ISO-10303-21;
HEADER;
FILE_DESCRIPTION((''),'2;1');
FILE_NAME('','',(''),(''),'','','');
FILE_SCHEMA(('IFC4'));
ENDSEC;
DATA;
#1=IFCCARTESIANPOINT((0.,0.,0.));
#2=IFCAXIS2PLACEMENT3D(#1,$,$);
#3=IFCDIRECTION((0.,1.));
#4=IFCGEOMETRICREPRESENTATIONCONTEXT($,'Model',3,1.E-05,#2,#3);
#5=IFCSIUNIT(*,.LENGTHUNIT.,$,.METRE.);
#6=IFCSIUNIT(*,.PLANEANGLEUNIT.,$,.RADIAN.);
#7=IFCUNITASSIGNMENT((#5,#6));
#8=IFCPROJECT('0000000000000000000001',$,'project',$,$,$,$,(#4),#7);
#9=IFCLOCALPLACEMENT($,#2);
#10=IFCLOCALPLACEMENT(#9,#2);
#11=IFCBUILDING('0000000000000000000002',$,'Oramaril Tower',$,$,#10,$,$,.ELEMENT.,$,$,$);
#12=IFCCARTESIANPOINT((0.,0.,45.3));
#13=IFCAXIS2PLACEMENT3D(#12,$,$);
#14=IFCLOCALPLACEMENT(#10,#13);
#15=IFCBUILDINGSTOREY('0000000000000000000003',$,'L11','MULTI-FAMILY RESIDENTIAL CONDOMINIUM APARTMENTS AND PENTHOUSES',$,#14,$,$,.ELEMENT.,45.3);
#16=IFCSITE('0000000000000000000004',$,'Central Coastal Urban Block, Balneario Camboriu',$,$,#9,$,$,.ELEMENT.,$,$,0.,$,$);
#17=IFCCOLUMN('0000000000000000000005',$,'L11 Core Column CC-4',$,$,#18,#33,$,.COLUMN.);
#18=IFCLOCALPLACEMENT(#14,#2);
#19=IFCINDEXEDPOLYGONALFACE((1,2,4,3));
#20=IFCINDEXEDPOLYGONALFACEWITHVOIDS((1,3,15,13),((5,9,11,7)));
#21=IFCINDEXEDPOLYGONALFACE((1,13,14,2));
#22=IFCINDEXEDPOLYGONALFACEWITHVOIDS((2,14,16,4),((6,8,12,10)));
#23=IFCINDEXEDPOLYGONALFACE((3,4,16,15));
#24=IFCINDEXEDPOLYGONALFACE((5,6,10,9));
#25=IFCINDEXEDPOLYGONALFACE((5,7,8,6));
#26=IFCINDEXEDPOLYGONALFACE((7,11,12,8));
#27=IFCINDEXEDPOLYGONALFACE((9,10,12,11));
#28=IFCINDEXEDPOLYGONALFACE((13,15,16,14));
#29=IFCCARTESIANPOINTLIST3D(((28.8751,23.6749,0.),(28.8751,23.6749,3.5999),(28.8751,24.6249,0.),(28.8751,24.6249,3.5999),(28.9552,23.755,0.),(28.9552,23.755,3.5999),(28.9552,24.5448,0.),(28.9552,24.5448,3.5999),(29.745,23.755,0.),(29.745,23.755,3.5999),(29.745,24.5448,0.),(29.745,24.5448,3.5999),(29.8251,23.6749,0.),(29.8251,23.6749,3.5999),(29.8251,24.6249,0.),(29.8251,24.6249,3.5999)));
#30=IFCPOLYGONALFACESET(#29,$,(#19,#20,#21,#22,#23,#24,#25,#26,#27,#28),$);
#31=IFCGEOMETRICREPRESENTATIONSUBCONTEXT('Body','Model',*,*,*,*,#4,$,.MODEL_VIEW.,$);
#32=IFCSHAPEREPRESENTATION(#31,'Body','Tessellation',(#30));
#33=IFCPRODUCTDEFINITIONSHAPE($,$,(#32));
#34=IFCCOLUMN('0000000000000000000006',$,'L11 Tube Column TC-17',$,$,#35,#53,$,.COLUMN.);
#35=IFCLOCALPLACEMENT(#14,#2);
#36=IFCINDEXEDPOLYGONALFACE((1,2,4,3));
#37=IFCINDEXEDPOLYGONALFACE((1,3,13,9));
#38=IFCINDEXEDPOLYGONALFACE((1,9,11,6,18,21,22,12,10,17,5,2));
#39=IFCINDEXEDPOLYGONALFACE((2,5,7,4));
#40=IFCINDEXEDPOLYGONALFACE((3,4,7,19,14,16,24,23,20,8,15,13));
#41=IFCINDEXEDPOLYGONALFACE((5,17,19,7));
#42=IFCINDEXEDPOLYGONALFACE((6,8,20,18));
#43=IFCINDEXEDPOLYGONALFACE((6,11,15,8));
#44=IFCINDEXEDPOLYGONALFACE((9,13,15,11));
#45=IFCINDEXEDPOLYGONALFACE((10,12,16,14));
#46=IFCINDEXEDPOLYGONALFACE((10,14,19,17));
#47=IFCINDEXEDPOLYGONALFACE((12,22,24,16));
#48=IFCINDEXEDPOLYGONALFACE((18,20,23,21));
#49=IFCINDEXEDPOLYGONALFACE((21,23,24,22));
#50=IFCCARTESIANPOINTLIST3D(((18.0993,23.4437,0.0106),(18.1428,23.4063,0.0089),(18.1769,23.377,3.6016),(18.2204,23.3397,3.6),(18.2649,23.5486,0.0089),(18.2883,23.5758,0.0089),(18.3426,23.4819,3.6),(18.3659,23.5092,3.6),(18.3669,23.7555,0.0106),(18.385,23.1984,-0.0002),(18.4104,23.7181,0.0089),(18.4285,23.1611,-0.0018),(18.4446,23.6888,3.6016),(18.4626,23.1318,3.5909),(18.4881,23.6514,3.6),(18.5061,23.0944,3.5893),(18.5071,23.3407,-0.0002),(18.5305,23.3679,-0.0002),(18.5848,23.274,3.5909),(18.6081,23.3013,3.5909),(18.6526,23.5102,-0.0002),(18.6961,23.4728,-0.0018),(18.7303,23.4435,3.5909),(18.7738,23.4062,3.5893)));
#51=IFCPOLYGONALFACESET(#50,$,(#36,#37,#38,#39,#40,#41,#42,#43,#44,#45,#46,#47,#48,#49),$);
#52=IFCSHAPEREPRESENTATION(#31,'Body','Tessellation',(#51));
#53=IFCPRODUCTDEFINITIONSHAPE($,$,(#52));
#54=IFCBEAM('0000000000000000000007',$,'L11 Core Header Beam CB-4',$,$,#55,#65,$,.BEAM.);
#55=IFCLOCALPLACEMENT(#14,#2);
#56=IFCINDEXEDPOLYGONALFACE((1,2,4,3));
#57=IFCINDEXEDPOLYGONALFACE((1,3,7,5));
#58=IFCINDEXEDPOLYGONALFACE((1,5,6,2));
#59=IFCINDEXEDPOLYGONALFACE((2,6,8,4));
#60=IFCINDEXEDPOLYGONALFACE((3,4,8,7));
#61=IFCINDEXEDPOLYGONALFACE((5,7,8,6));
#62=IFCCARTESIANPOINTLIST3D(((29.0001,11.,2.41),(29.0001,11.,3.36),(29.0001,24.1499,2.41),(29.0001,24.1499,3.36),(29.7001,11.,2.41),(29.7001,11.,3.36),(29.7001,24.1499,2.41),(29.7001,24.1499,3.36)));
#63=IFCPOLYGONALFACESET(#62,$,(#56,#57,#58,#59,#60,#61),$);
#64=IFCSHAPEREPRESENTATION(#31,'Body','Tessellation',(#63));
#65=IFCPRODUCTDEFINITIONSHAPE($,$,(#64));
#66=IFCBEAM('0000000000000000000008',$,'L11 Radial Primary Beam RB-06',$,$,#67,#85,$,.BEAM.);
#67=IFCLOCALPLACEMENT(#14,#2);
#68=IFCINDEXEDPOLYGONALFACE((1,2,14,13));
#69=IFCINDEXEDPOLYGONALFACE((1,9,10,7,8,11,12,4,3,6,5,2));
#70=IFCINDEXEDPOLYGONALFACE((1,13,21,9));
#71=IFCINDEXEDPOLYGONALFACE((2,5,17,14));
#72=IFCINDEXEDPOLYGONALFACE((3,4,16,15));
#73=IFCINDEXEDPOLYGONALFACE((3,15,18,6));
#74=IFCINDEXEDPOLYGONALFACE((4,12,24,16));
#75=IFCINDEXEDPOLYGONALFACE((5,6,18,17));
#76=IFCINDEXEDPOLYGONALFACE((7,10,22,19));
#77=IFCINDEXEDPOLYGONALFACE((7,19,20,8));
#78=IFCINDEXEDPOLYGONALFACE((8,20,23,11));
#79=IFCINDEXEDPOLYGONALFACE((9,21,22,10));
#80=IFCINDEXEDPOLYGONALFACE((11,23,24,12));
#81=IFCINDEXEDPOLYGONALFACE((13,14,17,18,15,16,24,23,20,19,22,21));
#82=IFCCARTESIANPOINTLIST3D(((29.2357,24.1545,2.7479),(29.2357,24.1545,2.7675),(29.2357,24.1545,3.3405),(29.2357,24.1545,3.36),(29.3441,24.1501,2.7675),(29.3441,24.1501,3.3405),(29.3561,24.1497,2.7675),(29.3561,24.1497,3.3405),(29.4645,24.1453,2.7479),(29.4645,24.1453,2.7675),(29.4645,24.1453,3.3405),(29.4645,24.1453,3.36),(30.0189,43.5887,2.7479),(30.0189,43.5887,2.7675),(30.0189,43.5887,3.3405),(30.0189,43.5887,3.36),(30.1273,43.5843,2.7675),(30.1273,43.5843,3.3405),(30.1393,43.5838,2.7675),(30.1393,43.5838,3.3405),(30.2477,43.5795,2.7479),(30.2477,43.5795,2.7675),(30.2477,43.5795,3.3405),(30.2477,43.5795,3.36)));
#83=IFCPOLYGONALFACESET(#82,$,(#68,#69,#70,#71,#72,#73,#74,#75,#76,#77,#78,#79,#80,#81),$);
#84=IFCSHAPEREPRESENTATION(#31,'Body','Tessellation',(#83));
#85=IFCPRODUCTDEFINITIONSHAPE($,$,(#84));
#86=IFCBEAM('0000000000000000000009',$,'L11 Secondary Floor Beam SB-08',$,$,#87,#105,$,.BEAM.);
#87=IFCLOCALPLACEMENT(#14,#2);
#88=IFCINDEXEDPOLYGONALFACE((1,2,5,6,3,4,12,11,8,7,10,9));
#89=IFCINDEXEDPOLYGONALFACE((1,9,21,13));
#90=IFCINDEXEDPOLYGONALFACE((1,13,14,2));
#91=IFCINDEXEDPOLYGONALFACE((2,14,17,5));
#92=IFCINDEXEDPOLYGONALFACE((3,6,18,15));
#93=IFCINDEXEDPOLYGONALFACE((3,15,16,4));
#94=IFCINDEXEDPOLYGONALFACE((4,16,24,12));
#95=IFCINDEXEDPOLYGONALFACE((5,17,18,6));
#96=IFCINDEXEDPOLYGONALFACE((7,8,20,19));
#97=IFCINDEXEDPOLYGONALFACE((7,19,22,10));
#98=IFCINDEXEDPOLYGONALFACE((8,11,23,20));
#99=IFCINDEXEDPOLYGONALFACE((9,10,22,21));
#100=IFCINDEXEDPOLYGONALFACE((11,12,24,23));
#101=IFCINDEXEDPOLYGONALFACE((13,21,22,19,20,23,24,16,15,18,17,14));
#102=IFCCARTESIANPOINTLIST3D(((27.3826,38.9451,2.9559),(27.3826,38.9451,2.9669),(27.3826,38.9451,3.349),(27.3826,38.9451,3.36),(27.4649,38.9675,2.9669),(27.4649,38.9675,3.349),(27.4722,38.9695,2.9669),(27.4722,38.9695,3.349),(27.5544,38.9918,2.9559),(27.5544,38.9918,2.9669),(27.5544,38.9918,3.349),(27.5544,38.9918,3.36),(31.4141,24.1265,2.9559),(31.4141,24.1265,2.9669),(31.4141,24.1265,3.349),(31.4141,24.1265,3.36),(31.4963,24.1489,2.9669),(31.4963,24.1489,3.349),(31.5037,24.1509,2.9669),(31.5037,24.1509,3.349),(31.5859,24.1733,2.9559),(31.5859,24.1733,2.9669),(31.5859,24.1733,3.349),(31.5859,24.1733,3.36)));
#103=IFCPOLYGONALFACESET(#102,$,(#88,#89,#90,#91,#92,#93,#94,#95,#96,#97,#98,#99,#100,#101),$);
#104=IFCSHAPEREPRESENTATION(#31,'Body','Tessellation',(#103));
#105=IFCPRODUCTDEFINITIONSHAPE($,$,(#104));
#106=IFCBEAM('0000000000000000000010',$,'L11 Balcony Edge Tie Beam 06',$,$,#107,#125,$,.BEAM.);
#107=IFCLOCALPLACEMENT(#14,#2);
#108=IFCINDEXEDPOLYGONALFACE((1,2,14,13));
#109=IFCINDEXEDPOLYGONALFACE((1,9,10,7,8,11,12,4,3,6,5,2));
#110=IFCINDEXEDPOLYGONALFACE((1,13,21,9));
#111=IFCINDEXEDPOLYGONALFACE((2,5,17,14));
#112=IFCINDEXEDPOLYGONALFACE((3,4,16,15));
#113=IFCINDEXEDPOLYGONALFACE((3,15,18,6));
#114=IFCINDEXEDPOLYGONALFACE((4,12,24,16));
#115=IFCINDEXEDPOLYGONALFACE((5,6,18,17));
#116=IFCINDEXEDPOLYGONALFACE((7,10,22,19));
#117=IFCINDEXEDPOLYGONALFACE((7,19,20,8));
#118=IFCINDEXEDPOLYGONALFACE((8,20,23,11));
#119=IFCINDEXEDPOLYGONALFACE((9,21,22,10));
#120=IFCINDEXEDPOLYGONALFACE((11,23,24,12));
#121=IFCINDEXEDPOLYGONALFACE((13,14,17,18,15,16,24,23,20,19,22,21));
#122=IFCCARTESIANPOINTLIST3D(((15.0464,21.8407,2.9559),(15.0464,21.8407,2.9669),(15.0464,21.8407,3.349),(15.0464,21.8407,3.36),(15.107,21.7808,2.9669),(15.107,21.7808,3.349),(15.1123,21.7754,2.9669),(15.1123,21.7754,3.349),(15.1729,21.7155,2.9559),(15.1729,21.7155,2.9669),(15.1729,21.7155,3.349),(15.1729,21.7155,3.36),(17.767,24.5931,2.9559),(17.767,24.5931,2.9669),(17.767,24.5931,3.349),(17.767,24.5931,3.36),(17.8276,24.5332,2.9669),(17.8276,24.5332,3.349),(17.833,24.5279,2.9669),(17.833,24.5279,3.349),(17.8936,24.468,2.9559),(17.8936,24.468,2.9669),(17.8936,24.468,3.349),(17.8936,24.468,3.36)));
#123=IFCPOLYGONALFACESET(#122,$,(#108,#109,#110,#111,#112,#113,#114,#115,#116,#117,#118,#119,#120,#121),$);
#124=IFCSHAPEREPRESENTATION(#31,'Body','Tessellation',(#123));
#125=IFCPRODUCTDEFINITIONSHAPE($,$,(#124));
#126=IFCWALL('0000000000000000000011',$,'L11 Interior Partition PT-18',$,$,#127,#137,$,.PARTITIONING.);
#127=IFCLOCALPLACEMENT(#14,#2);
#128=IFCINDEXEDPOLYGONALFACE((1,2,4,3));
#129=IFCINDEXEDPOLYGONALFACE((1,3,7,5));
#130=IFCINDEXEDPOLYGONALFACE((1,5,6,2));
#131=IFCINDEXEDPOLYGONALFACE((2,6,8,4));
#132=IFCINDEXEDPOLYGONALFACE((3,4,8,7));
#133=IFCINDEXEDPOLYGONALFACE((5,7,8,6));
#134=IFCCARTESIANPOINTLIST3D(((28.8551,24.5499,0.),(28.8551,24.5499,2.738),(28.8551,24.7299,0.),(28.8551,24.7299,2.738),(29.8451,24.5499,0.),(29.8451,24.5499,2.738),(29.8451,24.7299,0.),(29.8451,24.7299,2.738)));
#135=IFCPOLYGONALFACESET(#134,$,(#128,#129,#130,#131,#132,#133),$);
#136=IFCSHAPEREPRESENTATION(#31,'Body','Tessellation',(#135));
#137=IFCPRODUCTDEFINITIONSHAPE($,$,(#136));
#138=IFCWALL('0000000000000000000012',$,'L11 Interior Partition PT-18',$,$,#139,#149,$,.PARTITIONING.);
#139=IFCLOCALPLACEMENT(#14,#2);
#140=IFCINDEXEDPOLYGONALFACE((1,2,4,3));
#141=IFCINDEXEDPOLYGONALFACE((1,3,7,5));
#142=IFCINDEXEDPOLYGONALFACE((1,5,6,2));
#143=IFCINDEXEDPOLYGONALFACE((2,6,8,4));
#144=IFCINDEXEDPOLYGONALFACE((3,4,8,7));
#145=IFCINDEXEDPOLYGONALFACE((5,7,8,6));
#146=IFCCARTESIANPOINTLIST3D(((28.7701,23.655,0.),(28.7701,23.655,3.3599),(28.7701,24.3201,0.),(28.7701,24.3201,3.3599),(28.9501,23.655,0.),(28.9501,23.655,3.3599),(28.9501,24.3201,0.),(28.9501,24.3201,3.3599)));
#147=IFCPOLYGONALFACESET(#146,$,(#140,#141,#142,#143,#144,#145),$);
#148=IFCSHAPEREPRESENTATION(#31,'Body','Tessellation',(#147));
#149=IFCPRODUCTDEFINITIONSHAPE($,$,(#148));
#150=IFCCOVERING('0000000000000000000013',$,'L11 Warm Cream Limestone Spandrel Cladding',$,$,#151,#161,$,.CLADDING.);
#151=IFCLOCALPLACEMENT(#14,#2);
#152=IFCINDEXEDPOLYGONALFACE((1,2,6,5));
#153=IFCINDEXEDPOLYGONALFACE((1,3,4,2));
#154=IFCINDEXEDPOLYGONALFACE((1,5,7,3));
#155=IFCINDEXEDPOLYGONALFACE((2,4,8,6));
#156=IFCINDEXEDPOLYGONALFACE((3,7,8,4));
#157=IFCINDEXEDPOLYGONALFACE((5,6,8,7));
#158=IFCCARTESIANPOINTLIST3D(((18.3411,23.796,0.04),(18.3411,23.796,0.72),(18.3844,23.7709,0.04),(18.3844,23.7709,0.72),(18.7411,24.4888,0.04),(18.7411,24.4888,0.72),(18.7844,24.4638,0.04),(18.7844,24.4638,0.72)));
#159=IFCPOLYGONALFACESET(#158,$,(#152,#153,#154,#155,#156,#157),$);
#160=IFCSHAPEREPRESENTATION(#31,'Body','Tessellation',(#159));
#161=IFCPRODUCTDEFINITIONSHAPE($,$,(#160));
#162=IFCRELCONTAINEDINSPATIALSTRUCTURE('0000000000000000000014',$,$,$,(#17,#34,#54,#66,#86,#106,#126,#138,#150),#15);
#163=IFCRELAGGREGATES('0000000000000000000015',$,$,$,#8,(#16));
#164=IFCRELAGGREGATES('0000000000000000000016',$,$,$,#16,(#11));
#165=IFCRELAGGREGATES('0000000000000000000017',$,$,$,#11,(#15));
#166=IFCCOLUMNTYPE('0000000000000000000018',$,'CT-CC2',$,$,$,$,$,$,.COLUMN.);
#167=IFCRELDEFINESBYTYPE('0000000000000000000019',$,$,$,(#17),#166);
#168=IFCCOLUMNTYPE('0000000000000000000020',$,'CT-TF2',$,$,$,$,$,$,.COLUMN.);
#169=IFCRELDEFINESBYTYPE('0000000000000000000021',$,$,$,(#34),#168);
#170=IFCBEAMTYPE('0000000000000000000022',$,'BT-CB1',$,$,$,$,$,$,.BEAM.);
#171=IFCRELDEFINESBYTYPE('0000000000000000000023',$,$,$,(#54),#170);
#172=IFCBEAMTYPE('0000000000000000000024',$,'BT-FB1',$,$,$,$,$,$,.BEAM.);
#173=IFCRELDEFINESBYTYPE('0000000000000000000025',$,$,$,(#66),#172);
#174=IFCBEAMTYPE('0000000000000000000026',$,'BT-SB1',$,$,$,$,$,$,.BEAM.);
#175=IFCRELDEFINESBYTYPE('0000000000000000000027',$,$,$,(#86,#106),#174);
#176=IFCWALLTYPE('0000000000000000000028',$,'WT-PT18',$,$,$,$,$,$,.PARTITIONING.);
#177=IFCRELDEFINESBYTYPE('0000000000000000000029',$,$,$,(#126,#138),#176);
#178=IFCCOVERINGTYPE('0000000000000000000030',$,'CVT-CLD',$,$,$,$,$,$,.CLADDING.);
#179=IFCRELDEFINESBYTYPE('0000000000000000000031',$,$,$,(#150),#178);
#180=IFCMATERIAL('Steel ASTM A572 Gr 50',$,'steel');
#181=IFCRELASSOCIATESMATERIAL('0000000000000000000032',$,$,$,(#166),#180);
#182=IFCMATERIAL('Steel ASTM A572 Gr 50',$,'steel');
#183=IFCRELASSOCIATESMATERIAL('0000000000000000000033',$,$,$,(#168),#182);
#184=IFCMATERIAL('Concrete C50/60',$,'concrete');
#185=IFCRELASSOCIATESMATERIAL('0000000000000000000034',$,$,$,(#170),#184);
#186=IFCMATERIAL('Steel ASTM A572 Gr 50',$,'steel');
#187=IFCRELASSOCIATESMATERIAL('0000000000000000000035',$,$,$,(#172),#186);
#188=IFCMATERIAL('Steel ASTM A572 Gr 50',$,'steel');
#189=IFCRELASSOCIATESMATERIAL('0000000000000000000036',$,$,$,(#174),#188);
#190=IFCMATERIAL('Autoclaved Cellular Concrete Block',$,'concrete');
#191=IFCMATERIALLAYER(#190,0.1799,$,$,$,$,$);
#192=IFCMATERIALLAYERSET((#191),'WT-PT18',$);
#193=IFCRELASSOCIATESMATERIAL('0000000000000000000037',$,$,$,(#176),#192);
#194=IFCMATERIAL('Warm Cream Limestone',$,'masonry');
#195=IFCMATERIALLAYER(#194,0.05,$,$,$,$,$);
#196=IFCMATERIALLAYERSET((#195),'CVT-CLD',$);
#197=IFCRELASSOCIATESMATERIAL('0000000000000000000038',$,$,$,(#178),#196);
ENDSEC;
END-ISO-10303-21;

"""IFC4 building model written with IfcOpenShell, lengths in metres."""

from ifc_helpers import new_model, si_unit, direction, frame, frame_2d, origin, origin_2d, place, context, subcontext, project, spatial, rectangle, hollow_rectangle, i_section, extrude, material, layer, layer_set, material_profile, profile_set, type_object, element, save


model = new_model("IFC4")

# Units and contexts
model_context = context("Model", 3, precision=1e-05, world=origin(), true_north=direction((0.0, 1.0)))
body_context = subcontext(model_context, "Body", "Model", "MODEL_VIEW")
ifc_project = project(units=[si_unit("LENGTHUNIT", "METRE"), si_unit("PLANEANGLEUNIT", "RADIAN")], contexts=[model_context])

# Site, building, storey
site_placement = place(None, origin())
site = spatial("IfcSite", under=ifc_project, at=site_placement, Name="Central Coastal Urban Block, Balneario Camboriu", CompositionType="ELEMENT", RefElevation=0.0)
building_placement = place(site_placement, origin())
building = spatial("IfcBuilding", under=site, at=building_placement, Name="Oramaril Tower", CompositionType="ELEMENT")
storey_placement = place(building_placement, frame((0.0, 0.0, 45.3)))
storey = spatial("IfcBuildingStorey", under=building, at=storey_placement, Name="L11", Description="MULTI-FAMILY RESIDENTIAL CONDOMINIUM APARTMENTS AND PENTHOUSES", CompositionType="ELEMENT", Elevation=45.3)

# Columns
ifc_material_1 = material(Name="Steel ASTM A572 Gr 50", Category="steel")
ifc_material_profile_1 = material_profile(ifc_material_1, hollow_rectangle(XDim=0.95, YDim=0.95, WallThickness=0.0801, at=origin_2d()), Name="BOX950X950X80")
ifc_profile_set_1 = profile_set([ifc_material_profile_1], Name="Steel ASTM A572 Gr 50")
column_type_1 = type_object("IfcColumnType", Name="CT-CC2", PredefinedType="COLUMN", material=ifc_profile_set_1)
column_1_placement = place(storey_placement, frame((29.3501, 24.1499, 0.0), z_axis=(0.0, 0.0, 1.0), x_axis=(1.0, 0.0, 0.0)))
element("IfcColumn", 1, at=column_1_placement, inside=storey, type_object=column_type_1, Name="L11 Core Column CC-4", PredefinedType="COLUMN", context=body_context, shape_type="SweptSolid", body=[
    extrude(hollow_rectangle(XDim=0.95, YDim=0.95, WallThickness=0.0801, at=origin_2d()), origin(), (0.0, 0.0, 1.0), 3.5999),
])
ifc_material_2 = material(Name="Steel ASTM A572 Gr 50", Category="steel")
ifc_material_profile_2 = material_profile(ifc_material_2, i_section(OverallWidth=0.4109, OverallDepth=0.4341, WebThickness=0.0359, FlangeThickness=0.0574, at=origin_2d()), Name="W14X311")
ifc_profile_set_2 = profile_set([ifc_material_profile_2], Name="Steel ASTM A572 Gr 50")
column_type_2 = type_object("IfcColumnType", Name="CT-TF2", PredefinedType="COLUMN", material=ifc_profile_set_2)
column_2_placement = place(storey_placement, frame((18.3977, 23.4583, 0.0044), z_axis=(0.021611, -0.018553, 0.999594), x_axis=(0.651381, 0.758751, 0.0)))
element("IfcColumn", 2, at=column_2_placement, inside=storey, type_object=column_type_2, Name="L11 Tube Column TC-17", PredefinedType="COLUMN", context=body_context, shape_type="SweptSolid", body=[
    extrude(i_section(OverallWidth=0.4109, OverallDepth=0.4341, WebThickness=0.0359, FlangeThickness=0.0574, at=origin_2d()), origin(), (0.0, 0.0, 1.0), 3.5925),
])

# Beams
ifc_material_3 = material(Name="Concrete C50/60", Category="concrete")
ifc_material_profile_3 = material_profile(ifc_material_3, rectangle(XDim=0.7, YDim=0.95, at=origin_2d()), Name="CB700X950")
ifc_profile_set_3 = profile_set([ifc_material_profile_3], Name="Concrete C50/60")
beam_type_1 = type_object("IfcBeamType", Name="BT-CB1", PredefinedType="BEAM", material=ifc_profile_set_3)
beam_1_placement = place(storey_placement, frame((29.3501, 24.1499, 2.885), z_axis=(0.0, -1.0, 0.0), x_axis=(1.0, 0.0, 0.0)))
element("IfcBeam", 3, at=beam_1_placement, inside=storey, type_object=beam_type_1, Name="L11 Core Header Beam CB-4", PredefinedType="BEAM", context=body_context, shape_type="SweptSolid", body=[
    extrude(rectangle(XDim=0.7, YDim=0.95, at=origin_2d()), origin(), (0.0, 0.0, 1.0), 13.1499),
])
ifc_material_4 = material(Name="Steel ASTM A572 Gr 50", Category="steel")
ifc_material_profile_4 = material_profile(ifc_material_4, i_section(OverallWidth=0.229, OverallDepth=0.6121, WebThickness=0.012, FlangeThickness=0.0195, at=origin_2d()), Name="W24X84")
ifc_profile_set_4 = profile_set([ifc_material_profile_4], Name="Steel ASTM A572 Gr 50")
beam_type_2 = type_object("IfcBeamType", Name="BT-FB1", PredefinedType="BEAM", material=ifc_profile_set_4)
beam_2_placement = place(storey_placement, frame((29.3501, 24.1499, 3.054), z_axis=(0.040268, 0.999189, 0.0), x_axis=(-0.999189, 0.040268, 0.0)))
element("IfcBeam", 4, at=beam_2_placement, inside=storey, type_object=beam_type_2, Name="L11 Radial Primary Beam RB-06", PredefinedType="BEAM", context=body_context, shape_type="SweptSolid", body=[
    extrude(i_section(OverallWidth=0.229, OverallDepth=0.6121, WebThickness=0.012, FlangeThickness=0.0195, at=origin_2d()), origin(), (0.0, 0.0, 1.0), 19.45),
])
ifc_material_5 = material(Name="Steel ASTM A572 Gr 50", Category="steel")
ifc_material_profile_5 = material_profile(ifc_material_5, i_section(OverallWidth=0.178, OverallDepth=0.4041, WebThickness=0.0076, FlangeThickness=0.011, at=origin_2d()), Name="W16X36")
ifc_profile_set_5 = profile_set([ifc_material_profile_5], Name="Steel ASTM A572 Gr 50")
beam_type_3 = type_object("IfcBeamType", Name="BT-SB1", PredefinedType="BEAM", material=ifc_profile_set_5)
beam_3_placement = place(storey_placement, frame((31.5, 24.1499, 3.158), z_axis=(-0.262515, 0.964928, 0.0), x_axis=(-0.964928, -0.262515, 0.0)))
element("IfcBeam", 5, at=beam_3_placement, inside=storey, type_object=beam_type_3, Name="L11 Secondary Floor Beam SB-08", PredefinedType="BEAM", context=body_context, shape_type="SweptSolid", body=[
    extrude(i_section(OverallWidth=0.178, OverallDepth=0.4041, WebThickness=0.0076, FlangeThickness=0.011, at=origin_2d()), origin(), (0.0, 0.0, 1.0), 15.3572),
])
beam_4_placement = place(storey_placement, frame((17.8303, 24.5305, 3.158), z_axis=(-0.702995, -0.711195, 0.0), x_axis=(0.711195, -0.702995, 0.0)))
element("IfcBeam", 6, at=beam_4_placement, inside=storey, type_object=beam_type_3, Name="L11 Balcony Edge Tie Beam 06", PredefinedType="BEAM", context=body_context, shape_type="SweptSolid", body=[
    extrude(i_section(OverallWidth=0.178, OverallDepth=0.4041, WebThickness=0.0076, FlangeThickness=0.011, at=origin_2d()), origin(), (0.0, 0.0, 1.0), 3.8701),
])

# Wall
ifc_material_6 = material(Name="Autoclaved Cellular Concrete Block", Category="concrete")
ifc_layer_1 = layer(ifc_material_6, 0.1799)
ifc_layer_set_1 = layer_set([ifc_layer_1], Name="WT-PT18")
wall_type_1 = type_object("IfcWallType", Name="WT-PT18", PredefinedType="PARTITIONING", material=ifc_layer_set_1)
wall_1_placement = place(storey_placement, frame((28.855, 24.6399, 0.0), z_axis=(0.0, 0.0, 1.0), x_axis=(1.0, 0.0, 0.0)))
element("IfcWall", 7, at=wall_1_placement, inside=storey, type_object=wall_type_1, Name="L11 Interior Partition PT-18", PredefinedType="PARTITIONING", context=body_context, shape_type="SweptSolid", body=[
    extrude(rectangle(XDim=0.99, YDim=0.1799, at=frame_2d((0.4951, 0.0))), origin(), (0.0, 0.0, 1.0), 2.738),
])

# Wall
wall_2_placement = place(storey_placement, frame((28.8601, 23.655, 0.0), z_axis=(0.0, 0.0, 1.0), x_axis=(0.0, 1.0, 0.0)))
element("IfcWall", 8, at=wall_2_placement, inside=storey, type_object=wall_type_1, Name="L11 Interior Partition PT-18", PredefinedType="PARTITIONING", context=body_context, shape_type="SweptSolid", body=[
    extrude(rectangle(XDim=0.665, YDim=0.1799, at=frame_2d((0.3325, 0.0))), origin(), (0.0, 0.0, 1.0), 3.3599),
])

# Covering
ifc_material_7 = material(Name="Warm Cream Limestone", Category="masonry")
ifc_layer_2 = layer(ifc_material_7, 0.05)
ifc_layer_set_2 = layer_set([ifc_layer_2], Name="CVT-CLD")
covering_type = type_object("IfcCoveringType", Name="CVT-CLD", PredefinedType="CLADDING", material=ifc_layer_set_2)
covering_placement = place(storey_placement, frame((18.5627, 24.1299, 0.04), z_axis=(0.0, 0.0, 1.0), x_axis=(-0.500002, -0.866025, 0.0)))
element("IfcCovering", 9, at=covering_placement, inside=storey, type_object=covering_type, Name="L11 Warm Cream Limestone Spandrel Cladding", PredefinedType="CLADDING", context=body_context, shape_type="SweptSolid", body=[
    extrude(rectangle(XDim=0.8, YDim=0.05, at=origin_2d()), origin(), (0.0, 0.0, 1.0), 0.6799),
])

save(model, "model.ifc")
